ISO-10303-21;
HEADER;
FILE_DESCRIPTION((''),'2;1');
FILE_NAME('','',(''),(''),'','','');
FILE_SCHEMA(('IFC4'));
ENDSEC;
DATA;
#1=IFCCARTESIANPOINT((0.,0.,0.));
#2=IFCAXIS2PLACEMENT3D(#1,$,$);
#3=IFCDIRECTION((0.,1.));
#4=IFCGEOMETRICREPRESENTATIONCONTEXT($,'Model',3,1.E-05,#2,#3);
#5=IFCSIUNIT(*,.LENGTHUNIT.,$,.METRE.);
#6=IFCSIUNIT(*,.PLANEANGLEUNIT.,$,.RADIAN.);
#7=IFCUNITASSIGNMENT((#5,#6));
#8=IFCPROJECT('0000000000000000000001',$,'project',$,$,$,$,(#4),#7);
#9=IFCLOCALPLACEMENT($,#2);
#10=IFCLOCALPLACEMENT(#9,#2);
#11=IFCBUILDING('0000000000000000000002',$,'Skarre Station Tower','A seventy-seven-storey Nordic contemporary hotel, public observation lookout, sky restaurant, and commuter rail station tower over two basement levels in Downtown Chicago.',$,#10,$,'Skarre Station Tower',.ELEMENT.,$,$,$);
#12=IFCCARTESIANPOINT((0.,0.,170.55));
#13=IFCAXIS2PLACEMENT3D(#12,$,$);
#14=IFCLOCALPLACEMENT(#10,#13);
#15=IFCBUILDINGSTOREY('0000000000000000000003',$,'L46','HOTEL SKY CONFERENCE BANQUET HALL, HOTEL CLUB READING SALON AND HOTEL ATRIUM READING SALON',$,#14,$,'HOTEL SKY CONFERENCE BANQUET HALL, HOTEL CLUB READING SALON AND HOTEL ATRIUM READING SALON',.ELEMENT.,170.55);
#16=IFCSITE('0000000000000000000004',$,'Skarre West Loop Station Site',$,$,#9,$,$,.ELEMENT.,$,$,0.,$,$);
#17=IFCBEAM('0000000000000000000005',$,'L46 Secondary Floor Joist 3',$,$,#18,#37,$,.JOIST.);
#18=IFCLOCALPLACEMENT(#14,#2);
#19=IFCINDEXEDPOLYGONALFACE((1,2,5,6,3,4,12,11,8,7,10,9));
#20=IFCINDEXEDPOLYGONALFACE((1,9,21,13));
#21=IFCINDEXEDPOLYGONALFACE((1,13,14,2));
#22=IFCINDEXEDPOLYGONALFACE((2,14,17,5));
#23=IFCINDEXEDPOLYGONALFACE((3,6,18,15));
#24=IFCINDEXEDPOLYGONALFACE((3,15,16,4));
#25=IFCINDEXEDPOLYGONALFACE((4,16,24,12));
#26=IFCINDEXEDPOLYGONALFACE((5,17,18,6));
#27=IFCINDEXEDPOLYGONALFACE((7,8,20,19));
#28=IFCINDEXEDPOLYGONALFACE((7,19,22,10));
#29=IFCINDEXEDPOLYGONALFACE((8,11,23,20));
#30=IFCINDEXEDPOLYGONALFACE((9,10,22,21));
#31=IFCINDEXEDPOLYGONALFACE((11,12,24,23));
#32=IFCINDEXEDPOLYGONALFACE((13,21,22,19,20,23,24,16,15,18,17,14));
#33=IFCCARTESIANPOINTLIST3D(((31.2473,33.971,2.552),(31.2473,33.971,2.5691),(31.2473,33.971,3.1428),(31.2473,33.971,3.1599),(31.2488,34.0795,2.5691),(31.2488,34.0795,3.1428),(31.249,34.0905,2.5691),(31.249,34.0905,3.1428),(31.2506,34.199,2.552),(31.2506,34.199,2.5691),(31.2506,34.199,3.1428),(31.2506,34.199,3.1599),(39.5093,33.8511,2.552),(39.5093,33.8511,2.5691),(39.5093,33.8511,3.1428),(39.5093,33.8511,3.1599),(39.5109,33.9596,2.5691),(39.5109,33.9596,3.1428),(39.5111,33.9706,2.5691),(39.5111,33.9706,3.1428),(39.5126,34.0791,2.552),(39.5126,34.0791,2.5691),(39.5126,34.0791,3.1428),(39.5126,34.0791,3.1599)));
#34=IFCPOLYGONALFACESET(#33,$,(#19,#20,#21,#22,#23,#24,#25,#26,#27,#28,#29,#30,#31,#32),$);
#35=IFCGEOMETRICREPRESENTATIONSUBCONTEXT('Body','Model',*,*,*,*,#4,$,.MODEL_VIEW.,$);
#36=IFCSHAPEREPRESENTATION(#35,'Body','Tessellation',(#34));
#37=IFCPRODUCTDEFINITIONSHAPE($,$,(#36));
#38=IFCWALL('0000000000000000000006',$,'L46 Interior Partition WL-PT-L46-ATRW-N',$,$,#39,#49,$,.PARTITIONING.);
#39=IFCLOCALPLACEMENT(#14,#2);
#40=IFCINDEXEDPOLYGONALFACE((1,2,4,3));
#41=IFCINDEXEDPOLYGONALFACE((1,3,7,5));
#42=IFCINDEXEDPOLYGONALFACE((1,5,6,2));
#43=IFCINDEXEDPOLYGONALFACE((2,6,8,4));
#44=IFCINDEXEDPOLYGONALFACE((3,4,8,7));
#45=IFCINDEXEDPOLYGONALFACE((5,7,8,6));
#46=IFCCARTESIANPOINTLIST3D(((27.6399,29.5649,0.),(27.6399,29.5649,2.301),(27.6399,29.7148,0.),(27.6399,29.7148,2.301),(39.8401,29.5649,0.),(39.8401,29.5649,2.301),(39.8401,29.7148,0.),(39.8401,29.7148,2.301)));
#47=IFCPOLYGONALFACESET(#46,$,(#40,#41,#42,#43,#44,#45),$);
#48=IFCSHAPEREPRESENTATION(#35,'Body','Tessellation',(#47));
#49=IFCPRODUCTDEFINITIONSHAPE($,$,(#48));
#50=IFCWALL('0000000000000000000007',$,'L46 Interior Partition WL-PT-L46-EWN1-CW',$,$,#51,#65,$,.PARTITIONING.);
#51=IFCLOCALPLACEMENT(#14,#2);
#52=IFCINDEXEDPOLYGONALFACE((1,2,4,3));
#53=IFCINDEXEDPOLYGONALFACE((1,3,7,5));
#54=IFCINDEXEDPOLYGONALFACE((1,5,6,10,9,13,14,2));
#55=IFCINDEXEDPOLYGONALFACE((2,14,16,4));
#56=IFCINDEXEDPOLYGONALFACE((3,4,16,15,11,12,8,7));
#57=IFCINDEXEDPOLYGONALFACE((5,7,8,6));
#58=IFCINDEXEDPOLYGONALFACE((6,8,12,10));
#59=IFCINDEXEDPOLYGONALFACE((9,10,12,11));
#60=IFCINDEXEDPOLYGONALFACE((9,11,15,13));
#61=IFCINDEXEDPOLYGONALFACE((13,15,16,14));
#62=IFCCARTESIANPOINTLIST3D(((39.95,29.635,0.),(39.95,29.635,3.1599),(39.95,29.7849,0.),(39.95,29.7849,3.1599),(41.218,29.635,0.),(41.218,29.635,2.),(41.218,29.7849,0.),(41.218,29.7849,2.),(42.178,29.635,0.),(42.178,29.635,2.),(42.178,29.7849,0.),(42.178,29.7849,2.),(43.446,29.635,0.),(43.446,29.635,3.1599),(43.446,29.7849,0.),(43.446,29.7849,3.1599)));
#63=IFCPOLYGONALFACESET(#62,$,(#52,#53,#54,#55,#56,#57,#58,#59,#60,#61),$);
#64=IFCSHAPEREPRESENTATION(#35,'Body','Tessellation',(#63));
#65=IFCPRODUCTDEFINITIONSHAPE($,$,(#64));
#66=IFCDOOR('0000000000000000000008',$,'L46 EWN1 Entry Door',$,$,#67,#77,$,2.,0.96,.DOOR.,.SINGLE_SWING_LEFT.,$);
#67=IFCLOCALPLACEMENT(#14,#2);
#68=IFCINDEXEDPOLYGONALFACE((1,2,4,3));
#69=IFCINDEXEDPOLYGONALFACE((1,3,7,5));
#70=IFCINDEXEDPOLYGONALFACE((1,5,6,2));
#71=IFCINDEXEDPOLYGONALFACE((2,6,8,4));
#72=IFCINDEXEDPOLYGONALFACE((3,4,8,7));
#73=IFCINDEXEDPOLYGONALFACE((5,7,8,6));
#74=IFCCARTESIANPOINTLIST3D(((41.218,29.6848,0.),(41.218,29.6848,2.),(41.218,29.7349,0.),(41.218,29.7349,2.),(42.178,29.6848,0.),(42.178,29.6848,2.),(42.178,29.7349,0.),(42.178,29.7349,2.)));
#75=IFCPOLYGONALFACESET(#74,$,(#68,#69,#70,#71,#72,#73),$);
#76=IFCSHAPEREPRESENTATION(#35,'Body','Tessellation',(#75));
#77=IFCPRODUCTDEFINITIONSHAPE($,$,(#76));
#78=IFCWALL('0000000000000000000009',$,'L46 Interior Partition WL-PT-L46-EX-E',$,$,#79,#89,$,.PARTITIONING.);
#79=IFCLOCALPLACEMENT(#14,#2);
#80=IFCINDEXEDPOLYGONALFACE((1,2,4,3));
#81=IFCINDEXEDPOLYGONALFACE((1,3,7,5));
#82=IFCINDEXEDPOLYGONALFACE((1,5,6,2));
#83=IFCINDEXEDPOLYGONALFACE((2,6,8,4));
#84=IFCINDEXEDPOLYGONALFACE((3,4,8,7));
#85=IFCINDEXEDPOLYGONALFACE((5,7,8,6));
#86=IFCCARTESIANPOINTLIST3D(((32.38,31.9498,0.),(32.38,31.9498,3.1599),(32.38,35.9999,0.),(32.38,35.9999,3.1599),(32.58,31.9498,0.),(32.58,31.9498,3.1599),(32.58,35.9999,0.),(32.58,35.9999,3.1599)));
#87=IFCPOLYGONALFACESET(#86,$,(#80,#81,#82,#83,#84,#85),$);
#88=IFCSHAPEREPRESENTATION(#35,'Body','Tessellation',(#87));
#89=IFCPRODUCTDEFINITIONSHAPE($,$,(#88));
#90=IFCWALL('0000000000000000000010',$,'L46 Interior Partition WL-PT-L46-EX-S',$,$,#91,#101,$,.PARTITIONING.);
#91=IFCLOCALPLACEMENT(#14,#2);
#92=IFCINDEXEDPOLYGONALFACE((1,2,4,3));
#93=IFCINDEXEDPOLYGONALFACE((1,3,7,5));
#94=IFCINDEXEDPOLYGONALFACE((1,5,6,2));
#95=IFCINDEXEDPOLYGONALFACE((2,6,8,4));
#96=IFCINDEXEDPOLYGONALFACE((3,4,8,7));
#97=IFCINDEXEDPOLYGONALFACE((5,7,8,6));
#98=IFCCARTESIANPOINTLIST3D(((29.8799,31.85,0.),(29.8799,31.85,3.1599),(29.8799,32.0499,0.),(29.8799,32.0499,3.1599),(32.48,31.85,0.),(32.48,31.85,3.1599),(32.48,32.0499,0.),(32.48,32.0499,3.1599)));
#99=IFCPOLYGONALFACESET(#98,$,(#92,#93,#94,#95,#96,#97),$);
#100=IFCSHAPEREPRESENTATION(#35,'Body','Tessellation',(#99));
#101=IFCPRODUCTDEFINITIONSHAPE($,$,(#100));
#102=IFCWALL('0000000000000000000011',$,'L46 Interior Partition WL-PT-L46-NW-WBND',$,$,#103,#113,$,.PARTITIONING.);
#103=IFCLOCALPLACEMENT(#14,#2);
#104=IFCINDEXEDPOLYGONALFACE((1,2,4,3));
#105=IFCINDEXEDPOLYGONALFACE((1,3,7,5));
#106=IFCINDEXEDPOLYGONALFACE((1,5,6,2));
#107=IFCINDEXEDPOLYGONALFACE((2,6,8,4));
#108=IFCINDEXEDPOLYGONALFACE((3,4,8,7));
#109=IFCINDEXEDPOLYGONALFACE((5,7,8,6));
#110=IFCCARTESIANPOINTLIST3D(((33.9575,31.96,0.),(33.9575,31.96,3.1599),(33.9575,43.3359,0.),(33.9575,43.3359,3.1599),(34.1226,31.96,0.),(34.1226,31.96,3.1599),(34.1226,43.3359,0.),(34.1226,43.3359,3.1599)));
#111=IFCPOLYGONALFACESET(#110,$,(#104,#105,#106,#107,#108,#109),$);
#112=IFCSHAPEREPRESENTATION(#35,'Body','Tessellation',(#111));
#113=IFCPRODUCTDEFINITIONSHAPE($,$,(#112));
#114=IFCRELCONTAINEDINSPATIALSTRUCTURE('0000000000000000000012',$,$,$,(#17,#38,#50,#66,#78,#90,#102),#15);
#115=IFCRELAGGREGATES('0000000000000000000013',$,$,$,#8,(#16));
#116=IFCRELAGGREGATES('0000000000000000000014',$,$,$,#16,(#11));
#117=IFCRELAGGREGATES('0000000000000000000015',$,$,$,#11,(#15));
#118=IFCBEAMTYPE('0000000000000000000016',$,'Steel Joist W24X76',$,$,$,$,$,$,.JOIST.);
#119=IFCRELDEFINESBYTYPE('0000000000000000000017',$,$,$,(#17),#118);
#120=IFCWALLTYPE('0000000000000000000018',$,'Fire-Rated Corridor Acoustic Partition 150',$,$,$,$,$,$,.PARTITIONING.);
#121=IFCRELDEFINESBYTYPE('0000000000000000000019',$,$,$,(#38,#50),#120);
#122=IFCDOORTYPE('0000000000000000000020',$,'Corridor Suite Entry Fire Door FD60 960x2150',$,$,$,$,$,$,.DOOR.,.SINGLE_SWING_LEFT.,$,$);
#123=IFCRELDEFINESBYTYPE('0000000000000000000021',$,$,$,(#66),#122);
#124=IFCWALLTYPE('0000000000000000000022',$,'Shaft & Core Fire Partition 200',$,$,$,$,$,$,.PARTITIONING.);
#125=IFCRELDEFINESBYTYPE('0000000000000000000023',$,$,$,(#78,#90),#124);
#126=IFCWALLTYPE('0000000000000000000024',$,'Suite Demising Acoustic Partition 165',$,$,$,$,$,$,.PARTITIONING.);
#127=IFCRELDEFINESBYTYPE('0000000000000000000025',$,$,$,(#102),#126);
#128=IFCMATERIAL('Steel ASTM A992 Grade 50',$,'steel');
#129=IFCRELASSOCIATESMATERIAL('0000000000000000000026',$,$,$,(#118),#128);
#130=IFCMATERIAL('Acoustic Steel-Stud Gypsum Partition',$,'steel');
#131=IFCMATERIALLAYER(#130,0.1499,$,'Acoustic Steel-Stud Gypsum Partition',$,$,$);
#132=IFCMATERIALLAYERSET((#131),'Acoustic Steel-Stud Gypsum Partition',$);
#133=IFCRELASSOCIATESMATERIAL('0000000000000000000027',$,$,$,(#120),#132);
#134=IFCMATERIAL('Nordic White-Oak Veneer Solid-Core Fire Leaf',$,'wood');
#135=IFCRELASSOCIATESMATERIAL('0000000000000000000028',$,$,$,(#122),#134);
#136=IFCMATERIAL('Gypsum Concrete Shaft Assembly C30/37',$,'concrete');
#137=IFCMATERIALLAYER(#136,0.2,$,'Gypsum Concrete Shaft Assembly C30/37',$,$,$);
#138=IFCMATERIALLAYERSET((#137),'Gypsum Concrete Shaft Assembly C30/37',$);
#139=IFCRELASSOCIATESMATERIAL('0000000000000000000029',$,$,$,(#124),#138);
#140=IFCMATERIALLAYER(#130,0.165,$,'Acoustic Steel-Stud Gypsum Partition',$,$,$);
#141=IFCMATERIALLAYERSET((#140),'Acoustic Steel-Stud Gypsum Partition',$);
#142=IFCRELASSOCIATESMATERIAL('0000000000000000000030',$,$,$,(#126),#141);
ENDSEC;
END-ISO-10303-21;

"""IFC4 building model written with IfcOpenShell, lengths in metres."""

from ifc_helpers import new_model, si_unit, direction, frame, frame_2d, origin, origin_2d, place, context, subcontext, project, spatial, rectangle, i_section, extrude, material, layer, layer_set, material_profile, profile_set, type_object, element, fill, save


model = new_model("IFC4")

# Units and contexts
model_context = context("Model", 3, precision=1e-05, world=origin(), true_north=direction((0.0, 1.0)))
body_context = subcontext(model_context, "Body", "Model", "MODEL_VIEW")
ifc_project = project(units=[si_unit("LENGTHUNIT", "METRE"), si_unit("PLANEANGLEUNIT", "RADIAN")], contexts=[model_context])

# Site, building, storey
site_placement = place(None, origin())
site = spatial("IfcSite", under=ifc_project, at=site_placement, Name="Skarre West Loop Station Site", CompositionType="ELEMENT", RefElevation=0.0)
building_placement = place(site_placement, origin())
building = spatial("IfcBuilding", under=site, at=building_placement, Name="Skarre Station Tower", Description="A seventy-seven-storey Nordic contemporary hotel, public observation lookout, sky restaurant, and commuter rail station tower over two basement levels in Downtown Chicago.", LongName="Skarre Station Tower", CompositionType="ELEMENT")
storey_placement = place(building_placement, frame((0.0, 0.0, 170.55)))
storey = spatial("IfcBuildingStorey", under=building, at=storey_placement, Name="L46", Description="HOTEL SKY CONFERENCE BANQUET HALL, HOTEL CLUB READING SALON AND HOTEL ATRIUM READING SALON", LongName="HOTEL SKY CONFERENCE BANQUET HALL, HOTEL CLUB READING SALON AND HOTEL ATRIUM READING SALON", CompositionType="ELEMENT", Elevation=170.55)

# Beam
ifc_material_1 = material(Name="Steel ASTM A992 Grade 50", Category="steel")
ifc_material_profile_1 = material_profile(ifc_material_1, i_section(OverallWidth=0.228, OverallDepth=0.6079, WebThickness=0.011, FlangeThickness=0.0171, at=origin_2d()), Name="Steel ASTM A992 Grade 50")
ifc_profile_set_1 = profile_set([ifc_material_profile_1], Name="Steel ASTM A992 Grade 50")
beam_type_1 = type_object("IfcBeamType", Name="Steel Joist W24X76", PredefinedType="JOIST", material=ifc_profile_set_1)
beam_1_placement = place(storey_placement, frame((39.511, 33.9651, 2.856), z_axis=(-0.999895, 0.014508, 0.0), x_axis=(-0.014508, -0.999895, 0.0)))
element("IfcBeam", 1, at=beam_1_placement, inside=storey, type_object=beam_type_1, Name="L46 Secondary Floor Joist 3", PredefinedType="JOIST", context=body_context, shape_type="SweptSolid", body=[
    extrude(i_section(OverallWidth=0.228, OverallDepth=0.6079, WebThickness=0.011, FlangeThickness=0.0171, at=origin_2d()), origin(), (0.0, 0.0, 1.0), 8.2629),
])

# Wall
ifc_material_2 = material(Name="Acoustic Steel-Stud Gypsum Partition", Category="steel")
ifc_layer_1 = layer(ifc_material_2, 0.1499, Name="Acoustic Steel-Stud Gypsum Partition")
ifc_layer_set_1 = layer_set([ifc_layer_1], Name="Acoustic Steel-Stud Gypsum Partition")
wall_type_1 = type_object("IfcWallType", Name="Fire-Rated Corridor Acoustic Partition 150", PredefinedType="PARTITIONING", material=ifc_layer_set_1)
wall_1_placement = place(storey_placement, frame((39.8401, 29.6399, 0.0), z_axis=(0.0, 0.0, 1.0), x_axis=(-1.0, 0.0, 0.0)))
element("IfcWall", 2, at=wall_1_placement, inside=storey, type_object=wall_type_1, Name="L46 Interior Partition WL-PT-L46-ATRW-N", PredefinedType="PARTITIONING", context=body_context, shape_type="SweptSolid", body=[
    extrude(rectangle(XDim=12.2002, YDim=0.1499, at=frame_2d((6.1001, 0.0))), origin(), (0.0, 0.0, 1.0), 2.301),
])

# Wall, opening, door
wall_2_placement = place(storey_placement, frame((39.95, 29.71, 0.0), z_axis=(0.0, 0.0, 1.0), x_axis=(1.0, 0.0, 0.0)))
wall_2 = element("IfcWall", 3, at=wall_2_placement, inside=storey, type_object=wall_type_1, Name="L46 Interior Partition WL-PT-L46-EWN1-CW", PredefinedType="PARTITIONING", context=body_context, shape_type="SweptSolid", body=[
    extrude(rectangle(XDim=3.4961, YDim=0.1499, at=frame_2d((1.748, 0.0))), origin(), (0.0, 0.0, 1.0), 3.1599),
])
opening_placement = place(wall_2_placement, frame((1.2681, 0.0, 0.0)))
opening = element("IfcOpeningElement", 4, at=opening_placement, cuts=wall_2, PredefinedType="OPENING", context=body_context, shape_type="SweptSolid", body=[
    extrude(rectangle(XDim=0.96, YDim=2.0, at=frame_2d((0.48, 1.0))), frame((0.0, 0.085, 0.0), z_axis=(0.0, -1.0, 0.0), x_axis=(1.0, 0.0, 0.0)), (0.0, 0.0, 1.0), 0.1699),
])
ifc_material_3 = material(Name="Nordic White-Oak Veneer Solid-Core Fire Leaf", Category="wood")
door_type = type_object("IfcDoorType", Name="Corridor Suite Entry Fire Door FD60 960x2150", OperationType="SINGLE_SWING_LEFT", PredefinedType="DOOR", material=ifc_material_3)
door_placement = place(opening_placement, origin())
door = element("IfcDoor", 5, at=door_placement, inside=storey, type_object=door_type, Name="L46 EWN1 Entry Door", OperationType="SINGLE_SWING_LEFT", OverallHeight=2.0, OverallWidth=0.96, PredefinedType="DOOR", context=body_context, shape_type="SweptSolid", body=[
    extrude(rectangle(XDim=0.96, YDim=2.0, at=frame_2d((0.48, 1.0))), frame((0.0, 0.0249, 0.0), z_axis=(0.0, -1.0, 0.0), x_axis=(1.0, 0.0, 0.0)), (0.0, 0.0, 1.0), 0.05),
])
fill(opening, door)

# Walls
ifc_material_4 = material(Name="Gypsum Concrete Shaft Assembly C30/37", Category="concrete")
ifc_layer_2 = layer(ifc_material_4, 0.2, Name="Gypsum Concrete Shaft Assembly C30/37")
ifc_layer_set_2 = layer_set([ifc_layer_2], Name="Gypsum Concrete Shaft Assembly C30/37")
wall_type_2 = type_object("IfcWallType", Name="Shaft & Core Fire Partition 200", PredefinedType="PARTITIONING", material=ifc_layer_set_2)
wall_3_placement = place(storey_placement, frame((32.48, 31.95, 0.0), z_axis=(0.0, 0.0, 1.0), x_axis=(0.0, 1.0, 0.0)))
element("IfcWall", 6, at=wall_3_placement, inside=storey, type_object=wall_type_2, Name="L46 Interior Partition WL-PT-L46-EX-E", PredefinedType="PARTITIONING", context=body_context, shape_type="SweptSolid", body=[
    extrude(rectangle(XDim=4.05, YDim=0.2, at=frame_2d((2.0249, 0.0))), origin(), (0.0, 0.0, 1.0), 3.1599),
])
wall_4_placement = place(storey_placement, frame((32.48, 31.95, 0.0), z_axis=(0.0, 0.0, 1.0), x_axis=(-1.0, 0.0, 0.0)))
element("IfcWall", 7, at=wall_4_placement, inside=storey, type_object=wall_type_2, Name="L46 Interior Partition WL-PT-L46-EX-S", PredefinedType="PARTITIONING", context=body_context, shape_type="SweptSolid", body=[
    extrude(rectangle(XDim=2.6001, YDim=0.2, at=frame_2d((1.3, 0.0))), origin(), (0.0, 0.0, 1.0), 3.1599),
])
ifc_layer_3 = layer(ifc_material_2, 0.165, Name="Acoustic Steel-Stud Gypsum Partition")
ifc_layer_set_3 = layer_set([ifc_layer_3], Name="Acoustic Steel-Stud Gypsum Partition")
wall_type_3 = type_object("IfcWallType", Name="Suite Demising Acoustic Partition 165", PredefinedType="PARTITIONING", material=ifc_layer_set_3)
wall_5_placement = place(storey_placement, frame((34.04, 31.96, 0.0), z_axis=(0.0, 0.0, 1.0), x_axis=(0.0, 1.0, 0.0)))
element("IfcWall", 8, at=wall_5_placement, inside=storey, type_object=wall_type_3, Name="L46 Interior Partition WL-PT-L46-NW-WBND", PredefinedType="PARTITIONING", context=body_context, shape_type="SweptSolid", body=[
    extrude(rectangle(XDim=11.376, YDim=0.165, at=frame_2d((5.688, 0.0))), origin(), (0.0, 0.0, 1.0), 3.1599),
])

save(model, "model.ifc")
